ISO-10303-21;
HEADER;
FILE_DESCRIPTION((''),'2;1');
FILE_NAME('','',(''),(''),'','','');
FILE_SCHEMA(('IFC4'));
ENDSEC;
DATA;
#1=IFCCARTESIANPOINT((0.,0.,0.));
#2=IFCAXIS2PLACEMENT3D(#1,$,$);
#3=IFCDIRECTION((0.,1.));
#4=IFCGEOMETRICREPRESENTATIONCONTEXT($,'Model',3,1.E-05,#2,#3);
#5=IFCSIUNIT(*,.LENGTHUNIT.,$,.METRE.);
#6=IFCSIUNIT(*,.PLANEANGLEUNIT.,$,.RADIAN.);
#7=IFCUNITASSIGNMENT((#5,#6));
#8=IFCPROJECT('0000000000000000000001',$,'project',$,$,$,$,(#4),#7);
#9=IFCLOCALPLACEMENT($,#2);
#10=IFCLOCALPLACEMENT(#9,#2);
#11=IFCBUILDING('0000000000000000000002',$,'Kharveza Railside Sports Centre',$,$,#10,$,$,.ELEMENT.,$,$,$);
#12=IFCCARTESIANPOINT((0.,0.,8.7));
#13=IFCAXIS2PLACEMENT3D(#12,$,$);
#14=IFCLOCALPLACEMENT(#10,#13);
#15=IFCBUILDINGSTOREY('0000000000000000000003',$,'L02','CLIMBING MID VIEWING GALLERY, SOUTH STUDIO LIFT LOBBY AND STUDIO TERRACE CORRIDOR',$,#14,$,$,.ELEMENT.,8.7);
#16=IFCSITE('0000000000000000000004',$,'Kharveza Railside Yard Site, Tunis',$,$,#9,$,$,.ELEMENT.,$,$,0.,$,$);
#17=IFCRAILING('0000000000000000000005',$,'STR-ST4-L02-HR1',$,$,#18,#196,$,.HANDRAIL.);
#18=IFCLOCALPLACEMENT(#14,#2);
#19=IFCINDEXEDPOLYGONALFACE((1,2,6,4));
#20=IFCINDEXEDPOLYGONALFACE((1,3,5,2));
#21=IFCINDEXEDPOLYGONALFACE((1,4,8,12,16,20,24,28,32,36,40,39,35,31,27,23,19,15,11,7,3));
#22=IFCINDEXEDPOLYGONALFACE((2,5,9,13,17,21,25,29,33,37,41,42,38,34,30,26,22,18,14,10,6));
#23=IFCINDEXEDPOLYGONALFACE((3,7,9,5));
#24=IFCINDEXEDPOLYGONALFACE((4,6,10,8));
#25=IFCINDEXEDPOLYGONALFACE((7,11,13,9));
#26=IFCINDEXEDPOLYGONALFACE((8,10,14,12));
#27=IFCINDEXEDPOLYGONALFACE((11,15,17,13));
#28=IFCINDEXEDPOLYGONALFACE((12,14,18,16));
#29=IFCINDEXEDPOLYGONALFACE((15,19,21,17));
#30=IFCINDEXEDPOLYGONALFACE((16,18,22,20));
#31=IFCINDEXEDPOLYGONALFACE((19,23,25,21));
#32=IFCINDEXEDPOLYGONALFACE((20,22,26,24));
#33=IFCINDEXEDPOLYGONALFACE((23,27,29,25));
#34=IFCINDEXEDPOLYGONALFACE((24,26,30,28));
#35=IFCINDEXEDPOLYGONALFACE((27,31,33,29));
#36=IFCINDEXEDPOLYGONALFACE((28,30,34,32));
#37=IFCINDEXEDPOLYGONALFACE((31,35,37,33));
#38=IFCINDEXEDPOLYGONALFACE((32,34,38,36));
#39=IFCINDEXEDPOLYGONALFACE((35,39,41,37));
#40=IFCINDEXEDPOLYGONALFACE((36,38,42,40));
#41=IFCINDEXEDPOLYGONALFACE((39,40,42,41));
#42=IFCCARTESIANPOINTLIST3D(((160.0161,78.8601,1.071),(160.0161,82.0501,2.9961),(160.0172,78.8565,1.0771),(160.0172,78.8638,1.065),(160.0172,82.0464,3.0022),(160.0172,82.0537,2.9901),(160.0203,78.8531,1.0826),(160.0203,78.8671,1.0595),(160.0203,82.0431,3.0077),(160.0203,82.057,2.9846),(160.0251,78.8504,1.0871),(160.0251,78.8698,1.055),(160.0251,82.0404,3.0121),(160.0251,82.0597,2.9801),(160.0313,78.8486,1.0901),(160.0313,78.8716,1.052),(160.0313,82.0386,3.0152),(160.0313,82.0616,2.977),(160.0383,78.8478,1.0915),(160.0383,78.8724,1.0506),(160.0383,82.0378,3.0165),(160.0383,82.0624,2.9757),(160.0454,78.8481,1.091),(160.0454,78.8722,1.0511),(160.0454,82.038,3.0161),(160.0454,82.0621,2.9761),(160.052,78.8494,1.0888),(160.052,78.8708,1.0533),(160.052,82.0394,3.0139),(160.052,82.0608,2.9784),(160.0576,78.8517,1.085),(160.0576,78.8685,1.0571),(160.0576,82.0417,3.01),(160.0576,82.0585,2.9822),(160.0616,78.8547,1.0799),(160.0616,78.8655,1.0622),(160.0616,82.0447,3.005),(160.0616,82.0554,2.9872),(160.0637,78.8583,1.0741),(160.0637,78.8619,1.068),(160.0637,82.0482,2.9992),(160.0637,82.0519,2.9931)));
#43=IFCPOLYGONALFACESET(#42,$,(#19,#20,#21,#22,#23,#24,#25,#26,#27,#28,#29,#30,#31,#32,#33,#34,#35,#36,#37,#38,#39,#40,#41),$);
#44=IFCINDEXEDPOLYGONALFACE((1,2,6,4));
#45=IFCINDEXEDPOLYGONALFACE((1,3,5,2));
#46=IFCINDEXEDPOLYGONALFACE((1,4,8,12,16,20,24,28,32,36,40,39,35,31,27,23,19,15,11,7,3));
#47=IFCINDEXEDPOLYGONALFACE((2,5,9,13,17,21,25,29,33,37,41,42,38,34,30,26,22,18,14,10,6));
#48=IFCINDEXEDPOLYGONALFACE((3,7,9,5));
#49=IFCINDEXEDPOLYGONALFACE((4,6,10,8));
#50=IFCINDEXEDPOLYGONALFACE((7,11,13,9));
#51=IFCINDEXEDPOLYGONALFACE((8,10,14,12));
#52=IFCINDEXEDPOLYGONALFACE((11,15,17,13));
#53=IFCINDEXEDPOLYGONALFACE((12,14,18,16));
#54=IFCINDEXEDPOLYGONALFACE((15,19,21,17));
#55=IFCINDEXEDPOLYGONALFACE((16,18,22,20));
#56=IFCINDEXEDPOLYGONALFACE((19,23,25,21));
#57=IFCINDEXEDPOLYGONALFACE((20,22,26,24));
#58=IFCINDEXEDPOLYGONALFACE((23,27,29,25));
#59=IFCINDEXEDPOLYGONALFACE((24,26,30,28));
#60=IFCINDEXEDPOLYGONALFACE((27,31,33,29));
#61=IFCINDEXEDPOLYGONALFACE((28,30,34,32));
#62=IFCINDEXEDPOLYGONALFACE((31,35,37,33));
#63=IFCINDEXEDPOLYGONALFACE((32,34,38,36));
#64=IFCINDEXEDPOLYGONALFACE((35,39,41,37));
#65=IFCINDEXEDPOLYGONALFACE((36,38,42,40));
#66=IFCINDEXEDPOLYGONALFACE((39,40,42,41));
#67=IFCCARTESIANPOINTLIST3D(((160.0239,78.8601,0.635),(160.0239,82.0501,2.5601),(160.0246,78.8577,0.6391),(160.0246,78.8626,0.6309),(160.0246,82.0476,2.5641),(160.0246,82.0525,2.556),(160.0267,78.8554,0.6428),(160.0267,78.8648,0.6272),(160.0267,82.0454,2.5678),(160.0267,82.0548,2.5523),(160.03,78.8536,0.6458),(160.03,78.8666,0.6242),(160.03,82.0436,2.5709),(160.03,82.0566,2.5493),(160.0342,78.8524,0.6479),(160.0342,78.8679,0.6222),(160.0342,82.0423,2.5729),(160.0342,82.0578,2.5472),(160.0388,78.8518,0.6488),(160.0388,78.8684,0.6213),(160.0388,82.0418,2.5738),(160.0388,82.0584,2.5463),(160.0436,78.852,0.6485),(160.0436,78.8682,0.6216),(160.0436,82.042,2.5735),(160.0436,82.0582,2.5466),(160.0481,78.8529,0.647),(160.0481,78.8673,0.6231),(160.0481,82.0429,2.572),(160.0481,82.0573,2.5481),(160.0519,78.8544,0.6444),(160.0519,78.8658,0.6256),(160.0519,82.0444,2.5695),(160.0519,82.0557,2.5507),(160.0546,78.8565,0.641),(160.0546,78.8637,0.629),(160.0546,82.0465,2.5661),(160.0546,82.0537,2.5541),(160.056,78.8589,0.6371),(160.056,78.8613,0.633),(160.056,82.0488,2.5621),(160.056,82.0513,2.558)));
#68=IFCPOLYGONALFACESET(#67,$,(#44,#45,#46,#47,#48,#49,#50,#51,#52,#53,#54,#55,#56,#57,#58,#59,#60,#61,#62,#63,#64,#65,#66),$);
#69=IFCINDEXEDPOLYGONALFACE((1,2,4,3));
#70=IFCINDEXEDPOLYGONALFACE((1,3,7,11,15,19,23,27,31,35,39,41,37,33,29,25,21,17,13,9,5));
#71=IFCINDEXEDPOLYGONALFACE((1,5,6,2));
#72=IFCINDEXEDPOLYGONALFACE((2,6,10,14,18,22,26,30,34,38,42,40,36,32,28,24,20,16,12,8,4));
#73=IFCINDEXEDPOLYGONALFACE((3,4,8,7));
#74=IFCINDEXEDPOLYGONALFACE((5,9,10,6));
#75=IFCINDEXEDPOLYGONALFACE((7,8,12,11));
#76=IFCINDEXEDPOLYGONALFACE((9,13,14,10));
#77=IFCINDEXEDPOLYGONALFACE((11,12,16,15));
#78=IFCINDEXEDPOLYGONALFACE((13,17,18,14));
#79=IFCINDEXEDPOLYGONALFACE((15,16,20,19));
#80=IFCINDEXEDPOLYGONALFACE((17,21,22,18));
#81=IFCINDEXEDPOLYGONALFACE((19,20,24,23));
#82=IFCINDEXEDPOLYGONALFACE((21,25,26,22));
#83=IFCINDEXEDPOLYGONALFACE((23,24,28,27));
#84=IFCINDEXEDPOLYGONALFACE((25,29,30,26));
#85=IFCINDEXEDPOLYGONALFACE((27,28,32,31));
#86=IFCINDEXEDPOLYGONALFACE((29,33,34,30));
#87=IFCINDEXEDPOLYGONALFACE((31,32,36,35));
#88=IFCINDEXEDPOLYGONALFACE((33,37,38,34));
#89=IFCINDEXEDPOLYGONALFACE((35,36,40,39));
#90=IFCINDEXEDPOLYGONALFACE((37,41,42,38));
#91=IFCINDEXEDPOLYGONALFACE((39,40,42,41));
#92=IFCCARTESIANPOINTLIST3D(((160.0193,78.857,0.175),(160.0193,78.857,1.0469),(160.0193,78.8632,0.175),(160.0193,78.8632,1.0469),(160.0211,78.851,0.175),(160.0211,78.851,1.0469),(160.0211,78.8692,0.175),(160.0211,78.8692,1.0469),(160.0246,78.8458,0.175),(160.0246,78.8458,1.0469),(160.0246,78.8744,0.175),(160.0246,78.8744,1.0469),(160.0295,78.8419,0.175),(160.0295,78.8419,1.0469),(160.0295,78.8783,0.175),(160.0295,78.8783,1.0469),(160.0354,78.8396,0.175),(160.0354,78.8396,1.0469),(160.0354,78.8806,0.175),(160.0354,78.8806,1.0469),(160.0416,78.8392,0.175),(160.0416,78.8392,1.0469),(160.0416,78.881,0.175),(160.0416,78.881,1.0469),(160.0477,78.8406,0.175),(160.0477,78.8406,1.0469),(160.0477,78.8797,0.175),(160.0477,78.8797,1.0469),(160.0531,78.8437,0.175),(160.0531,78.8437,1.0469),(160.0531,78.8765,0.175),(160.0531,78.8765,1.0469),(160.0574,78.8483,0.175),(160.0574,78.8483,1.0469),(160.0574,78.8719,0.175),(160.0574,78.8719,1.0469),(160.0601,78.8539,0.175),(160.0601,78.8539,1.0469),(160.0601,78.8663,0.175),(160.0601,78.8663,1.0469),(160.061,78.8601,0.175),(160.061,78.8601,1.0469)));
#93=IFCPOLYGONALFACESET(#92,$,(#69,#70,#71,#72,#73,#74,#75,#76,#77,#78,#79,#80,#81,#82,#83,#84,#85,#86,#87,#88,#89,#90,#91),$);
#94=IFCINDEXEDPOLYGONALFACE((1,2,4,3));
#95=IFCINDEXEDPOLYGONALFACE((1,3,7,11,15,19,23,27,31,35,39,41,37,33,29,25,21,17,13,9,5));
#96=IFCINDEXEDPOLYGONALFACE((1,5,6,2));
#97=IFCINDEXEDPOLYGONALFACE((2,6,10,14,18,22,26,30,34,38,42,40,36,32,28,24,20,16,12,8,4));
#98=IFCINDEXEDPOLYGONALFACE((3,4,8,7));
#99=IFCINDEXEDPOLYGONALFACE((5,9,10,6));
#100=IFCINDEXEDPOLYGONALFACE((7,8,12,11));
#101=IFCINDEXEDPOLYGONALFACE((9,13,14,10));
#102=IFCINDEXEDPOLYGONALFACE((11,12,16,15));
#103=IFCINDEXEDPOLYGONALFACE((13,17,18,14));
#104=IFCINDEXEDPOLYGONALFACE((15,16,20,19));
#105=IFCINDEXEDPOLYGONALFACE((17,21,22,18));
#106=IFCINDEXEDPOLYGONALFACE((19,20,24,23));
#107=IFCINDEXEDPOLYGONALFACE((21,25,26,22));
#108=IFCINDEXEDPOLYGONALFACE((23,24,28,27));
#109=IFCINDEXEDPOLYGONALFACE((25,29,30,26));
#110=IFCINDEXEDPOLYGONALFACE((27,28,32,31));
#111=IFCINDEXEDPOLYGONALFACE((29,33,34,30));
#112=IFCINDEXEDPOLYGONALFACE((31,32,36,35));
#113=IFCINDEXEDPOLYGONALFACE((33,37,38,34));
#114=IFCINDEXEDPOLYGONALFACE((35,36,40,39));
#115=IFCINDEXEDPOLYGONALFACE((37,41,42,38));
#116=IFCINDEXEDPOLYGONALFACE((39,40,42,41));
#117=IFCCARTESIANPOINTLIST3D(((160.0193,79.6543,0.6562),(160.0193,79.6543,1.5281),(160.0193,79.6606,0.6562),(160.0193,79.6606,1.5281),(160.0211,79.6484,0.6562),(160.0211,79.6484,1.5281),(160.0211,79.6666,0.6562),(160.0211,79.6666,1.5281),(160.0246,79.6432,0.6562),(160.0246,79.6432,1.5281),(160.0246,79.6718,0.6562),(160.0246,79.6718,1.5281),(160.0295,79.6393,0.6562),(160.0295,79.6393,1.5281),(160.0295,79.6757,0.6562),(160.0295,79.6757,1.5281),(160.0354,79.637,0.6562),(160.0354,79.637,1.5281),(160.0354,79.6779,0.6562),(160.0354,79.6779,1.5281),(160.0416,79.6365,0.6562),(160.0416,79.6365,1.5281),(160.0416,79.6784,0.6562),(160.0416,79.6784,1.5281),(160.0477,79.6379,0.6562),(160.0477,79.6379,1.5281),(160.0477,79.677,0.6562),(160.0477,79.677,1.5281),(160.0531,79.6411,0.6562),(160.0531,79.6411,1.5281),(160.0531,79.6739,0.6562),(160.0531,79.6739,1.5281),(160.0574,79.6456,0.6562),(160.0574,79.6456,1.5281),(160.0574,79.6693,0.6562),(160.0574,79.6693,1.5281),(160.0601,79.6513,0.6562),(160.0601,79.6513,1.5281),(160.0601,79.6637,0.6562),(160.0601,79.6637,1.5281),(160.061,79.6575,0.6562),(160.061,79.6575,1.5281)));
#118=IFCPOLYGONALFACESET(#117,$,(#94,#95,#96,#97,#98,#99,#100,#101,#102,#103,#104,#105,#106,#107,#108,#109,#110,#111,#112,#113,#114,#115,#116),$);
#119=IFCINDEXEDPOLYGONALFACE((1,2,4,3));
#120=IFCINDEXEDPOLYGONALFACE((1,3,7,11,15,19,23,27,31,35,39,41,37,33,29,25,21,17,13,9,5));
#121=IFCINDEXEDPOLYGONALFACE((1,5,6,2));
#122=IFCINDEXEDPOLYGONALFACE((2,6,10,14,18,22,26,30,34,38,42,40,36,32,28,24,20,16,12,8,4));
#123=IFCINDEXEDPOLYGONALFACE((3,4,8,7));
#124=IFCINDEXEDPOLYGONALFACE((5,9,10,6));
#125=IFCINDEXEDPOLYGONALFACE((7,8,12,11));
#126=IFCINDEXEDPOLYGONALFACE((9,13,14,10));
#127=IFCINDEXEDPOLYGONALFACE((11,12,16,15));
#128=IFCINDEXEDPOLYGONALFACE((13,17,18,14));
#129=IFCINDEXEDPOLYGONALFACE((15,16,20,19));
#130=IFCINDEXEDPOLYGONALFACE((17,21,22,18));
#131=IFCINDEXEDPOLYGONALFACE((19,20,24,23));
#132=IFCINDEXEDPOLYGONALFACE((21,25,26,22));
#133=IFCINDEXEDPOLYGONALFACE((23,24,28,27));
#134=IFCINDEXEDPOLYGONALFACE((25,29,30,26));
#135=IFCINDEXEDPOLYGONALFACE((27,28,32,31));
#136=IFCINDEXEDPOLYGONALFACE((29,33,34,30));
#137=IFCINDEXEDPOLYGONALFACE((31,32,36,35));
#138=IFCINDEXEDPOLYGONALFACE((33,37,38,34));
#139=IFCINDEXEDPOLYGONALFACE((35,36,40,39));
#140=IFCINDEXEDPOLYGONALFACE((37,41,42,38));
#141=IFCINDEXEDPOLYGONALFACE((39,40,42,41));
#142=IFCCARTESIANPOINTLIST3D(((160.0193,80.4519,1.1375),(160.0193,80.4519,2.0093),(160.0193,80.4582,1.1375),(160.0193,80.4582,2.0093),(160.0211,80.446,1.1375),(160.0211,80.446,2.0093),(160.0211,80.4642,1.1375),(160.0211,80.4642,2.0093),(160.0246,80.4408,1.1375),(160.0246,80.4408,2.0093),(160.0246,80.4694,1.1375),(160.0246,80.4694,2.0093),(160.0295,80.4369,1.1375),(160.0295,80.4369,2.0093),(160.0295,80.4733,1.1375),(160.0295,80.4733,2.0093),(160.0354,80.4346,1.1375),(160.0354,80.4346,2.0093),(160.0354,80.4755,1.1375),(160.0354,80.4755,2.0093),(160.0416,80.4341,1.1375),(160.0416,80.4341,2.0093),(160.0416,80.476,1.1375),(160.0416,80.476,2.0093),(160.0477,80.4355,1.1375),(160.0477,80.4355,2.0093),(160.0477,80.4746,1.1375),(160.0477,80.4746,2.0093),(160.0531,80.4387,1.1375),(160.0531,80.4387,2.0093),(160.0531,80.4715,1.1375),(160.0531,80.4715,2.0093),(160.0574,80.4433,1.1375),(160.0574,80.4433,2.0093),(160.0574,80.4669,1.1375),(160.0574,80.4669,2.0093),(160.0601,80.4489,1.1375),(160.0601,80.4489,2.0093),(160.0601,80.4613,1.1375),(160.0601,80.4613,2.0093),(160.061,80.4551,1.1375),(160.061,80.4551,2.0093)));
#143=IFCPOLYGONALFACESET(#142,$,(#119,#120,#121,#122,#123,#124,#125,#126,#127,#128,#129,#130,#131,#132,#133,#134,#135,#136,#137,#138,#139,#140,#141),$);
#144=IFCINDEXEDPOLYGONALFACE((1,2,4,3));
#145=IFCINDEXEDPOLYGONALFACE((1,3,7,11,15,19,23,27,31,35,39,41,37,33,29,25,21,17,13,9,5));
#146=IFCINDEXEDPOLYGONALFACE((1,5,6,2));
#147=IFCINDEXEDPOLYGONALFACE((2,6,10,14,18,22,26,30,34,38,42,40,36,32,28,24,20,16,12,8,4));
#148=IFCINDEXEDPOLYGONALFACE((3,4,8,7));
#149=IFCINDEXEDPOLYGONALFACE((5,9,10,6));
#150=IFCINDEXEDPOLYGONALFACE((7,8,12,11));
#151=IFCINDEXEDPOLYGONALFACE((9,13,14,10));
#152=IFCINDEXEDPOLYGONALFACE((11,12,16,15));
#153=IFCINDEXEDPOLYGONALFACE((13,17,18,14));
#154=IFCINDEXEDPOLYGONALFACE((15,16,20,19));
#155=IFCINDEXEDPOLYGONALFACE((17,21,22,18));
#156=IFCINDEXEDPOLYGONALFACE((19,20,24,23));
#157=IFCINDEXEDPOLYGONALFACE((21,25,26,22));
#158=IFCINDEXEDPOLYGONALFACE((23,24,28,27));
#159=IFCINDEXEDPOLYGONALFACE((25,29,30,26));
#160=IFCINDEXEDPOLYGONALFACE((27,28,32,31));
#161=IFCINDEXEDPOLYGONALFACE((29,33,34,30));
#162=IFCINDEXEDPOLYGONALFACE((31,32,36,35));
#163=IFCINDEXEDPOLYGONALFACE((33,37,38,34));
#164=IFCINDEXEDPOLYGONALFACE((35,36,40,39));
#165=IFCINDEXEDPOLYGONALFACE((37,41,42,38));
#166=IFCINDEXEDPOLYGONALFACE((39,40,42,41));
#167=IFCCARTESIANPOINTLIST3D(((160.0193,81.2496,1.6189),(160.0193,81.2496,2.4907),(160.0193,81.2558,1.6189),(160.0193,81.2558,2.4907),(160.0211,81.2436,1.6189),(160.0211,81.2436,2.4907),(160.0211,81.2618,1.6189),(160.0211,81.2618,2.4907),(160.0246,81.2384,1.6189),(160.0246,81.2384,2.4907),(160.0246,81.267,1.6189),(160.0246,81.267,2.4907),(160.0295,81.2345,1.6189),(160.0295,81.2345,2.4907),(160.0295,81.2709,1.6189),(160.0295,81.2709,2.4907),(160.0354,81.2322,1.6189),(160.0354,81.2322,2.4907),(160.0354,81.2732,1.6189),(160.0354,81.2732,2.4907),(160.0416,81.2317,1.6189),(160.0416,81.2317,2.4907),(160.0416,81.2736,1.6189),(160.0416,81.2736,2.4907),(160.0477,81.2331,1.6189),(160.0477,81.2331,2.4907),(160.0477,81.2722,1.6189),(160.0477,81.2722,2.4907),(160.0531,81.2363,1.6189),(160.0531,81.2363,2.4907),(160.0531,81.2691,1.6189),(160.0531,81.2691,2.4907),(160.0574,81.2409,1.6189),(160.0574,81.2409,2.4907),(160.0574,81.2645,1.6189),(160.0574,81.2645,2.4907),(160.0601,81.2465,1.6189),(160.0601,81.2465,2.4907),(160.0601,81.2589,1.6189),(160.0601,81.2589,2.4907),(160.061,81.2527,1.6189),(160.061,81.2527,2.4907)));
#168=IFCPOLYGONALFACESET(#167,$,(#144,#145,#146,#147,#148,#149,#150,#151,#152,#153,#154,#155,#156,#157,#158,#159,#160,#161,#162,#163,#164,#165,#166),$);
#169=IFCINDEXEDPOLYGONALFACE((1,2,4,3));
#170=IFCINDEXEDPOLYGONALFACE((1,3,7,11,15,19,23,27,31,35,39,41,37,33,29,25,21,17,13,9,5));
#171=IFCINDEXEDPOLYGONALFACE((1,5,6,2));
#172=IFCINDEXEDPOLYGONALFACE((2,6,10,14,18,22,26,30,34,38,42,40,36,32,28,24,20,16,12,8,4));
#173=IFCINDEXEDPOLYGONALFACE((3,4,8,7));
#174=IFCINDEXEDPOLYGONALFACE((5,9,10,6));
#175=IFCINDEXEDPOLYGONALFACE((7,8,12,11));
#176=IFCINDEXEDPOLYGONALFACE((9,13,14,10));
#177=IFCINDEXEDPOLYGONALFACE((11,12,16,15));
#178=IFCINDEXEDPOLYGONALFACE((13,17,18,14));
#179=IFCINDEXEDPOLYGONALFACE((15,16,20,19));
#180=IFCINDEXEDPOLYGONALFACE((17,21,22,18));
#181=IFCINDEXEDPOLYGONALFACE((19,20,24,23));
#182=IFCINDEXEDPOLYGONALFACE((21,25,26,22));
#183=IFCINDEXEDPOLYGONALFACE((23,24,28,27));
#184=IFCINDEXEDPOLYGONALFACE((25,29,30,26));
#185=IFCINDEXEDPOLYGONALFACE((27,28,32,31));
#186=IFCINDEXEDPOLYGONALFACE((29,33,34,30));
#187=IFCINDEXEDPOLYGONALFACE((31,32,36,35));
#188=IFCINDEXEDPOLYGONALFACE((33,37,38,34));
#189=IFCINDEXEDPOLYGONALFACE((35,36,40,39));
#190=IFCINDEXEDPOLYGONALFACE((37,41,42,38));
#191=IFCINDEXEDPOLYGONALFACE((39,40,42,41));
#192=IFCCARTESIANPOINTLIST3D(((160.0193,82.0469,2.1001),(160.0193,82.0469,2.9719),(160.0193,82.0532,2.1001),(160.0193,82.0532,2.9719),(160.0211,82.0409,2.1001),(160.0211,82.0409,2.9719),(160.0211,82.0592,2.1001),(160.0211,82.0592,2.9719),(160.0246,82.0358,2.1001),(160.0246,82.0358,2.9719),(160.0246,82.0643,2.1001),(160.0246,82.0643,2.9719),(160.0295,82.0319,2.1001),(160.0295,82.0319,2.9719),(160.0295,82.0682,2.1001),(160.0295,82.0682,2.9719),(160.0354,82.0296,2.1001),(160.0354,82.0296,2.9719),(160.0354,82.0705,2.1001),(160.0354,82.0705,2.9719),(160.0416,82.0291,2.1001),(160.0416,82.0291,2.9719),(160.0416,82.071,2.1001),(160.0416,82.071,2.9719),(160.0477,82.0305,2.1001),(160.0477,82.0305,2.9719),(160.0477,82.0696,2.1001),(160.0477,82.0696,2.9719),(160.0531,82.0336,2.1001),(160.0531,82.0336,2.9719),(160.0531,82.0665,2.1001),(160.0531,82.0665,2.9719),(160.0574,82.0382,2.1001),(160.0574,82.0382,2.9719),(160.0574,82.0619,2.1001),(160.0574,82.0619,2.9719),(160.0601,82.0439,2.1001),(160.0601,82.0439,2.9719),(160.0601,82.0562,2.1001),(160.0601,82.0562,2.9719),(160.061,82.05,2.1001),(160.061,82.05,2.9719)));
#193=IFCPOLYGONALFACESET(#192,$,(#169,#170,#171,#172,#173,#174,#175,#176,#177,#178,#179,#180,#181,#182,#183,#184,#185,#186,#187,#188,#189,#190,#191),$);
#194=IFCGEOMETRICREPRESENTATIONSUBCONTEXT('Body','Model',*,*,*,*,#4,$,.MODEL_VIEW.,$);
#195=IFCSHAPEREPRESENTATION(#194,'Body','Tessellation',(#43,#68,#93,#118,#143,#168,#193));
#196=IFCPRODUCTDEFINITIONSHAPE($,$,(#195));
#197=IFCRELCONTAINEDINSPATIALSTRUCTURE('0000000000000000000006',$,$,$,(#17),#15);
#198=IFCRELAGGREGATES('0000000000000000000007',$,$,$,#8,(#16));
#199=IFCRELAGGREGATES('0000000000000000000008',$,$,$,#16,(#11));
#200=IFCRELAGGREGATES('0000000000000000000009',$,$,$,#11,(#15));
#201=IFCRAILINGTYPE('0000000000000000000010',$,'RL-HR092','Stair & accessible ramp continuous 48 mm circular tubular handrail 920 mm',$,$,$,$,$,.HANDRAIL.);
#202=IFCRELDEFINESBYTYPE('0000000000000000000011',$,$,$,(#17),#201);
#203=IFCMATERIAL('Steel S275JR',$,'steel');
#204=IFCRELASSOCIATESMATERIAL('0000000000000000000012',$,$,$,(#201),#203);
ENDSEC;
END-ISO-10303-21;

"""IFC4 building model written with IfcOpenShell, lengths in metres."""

from ifc_helpers import new_model, si_unit, direction, frame, origin, origin_2d, place, context, subcontext, project, spatial, circle, extrude, material, type_object, element, save


model = new_model("IFC4")

# Units and contexts
model_context = context("Model", 3, precision=1e-05, world=origin(), true_north=direction((0.0, 1.0)))
body_context = subcontext(model_context, "Body", "Model", "MODEL_VIEW")
ifc_project = project(units=[si_unit("LENGTHUNIT", "METRE"), si_unit("PLANEANGLEUNIT", "RADIAN")], contexts=[model_context])

# Site, building, storey
site_placement = place(None, origin())
site = spatial("IfcSite", under=ifc_project, at=site_placement, Name="Kharveza Railside Yard Site, Tunis", CompositionType="ELEMENT", RefElevation=0.0)
building_placement = place(site_placement, origin())
building = spatial("IfcBuilding", under=site, at=building_placement, Name="Kharveza Railside Sports Centre", CompositionType="ELEMENT")
storey_placement = place(building_placement, frame((0.0, 0.0, 8.7)))
storey = spatial("IfcBuildingStorey", under=building, at=storey_placement, Name="L02", Description="CLIMBING MID VIEWING GALLERY, SOUTH STUDIO LIFT LOBBY AND STUDIO TERRACE CORRIDOR", CompositionType="ELEMENT", Elevation=8.7)

# Railing
ifc_material_1 = material(Name="Steel S275JR", Category="steel")
railing_type_1 = type_object("IfcRailingType", Name="RL-HR092", Description="Stair & accessible ramp continuous 48 mm circular tubular handrail 920 mm", PredefinedType="HANDRAIL", material=ifc_material_1)
railing_1_placement = place(storey_placement, frame((160.04, 78.8601, 0.175)))
element("IfcRailing", 1, at=railing_1_placement, inside=storey, type_object=railing_type_1, Name="STR-ST4-L02-HR1", PredefinedType="HANDRAIL", context=body_context, shape_type="SweptSolid", body=[
    extrude(circle(Radius=0.0239, at=origin_2d()), frame((0.0, 0.0, 0.896), z_axis=(0.0, 0.856178, 0.516682), x_axis=(-1.0, 0.0, 0.0)), (0.0, 0.0, 1.0), 3.7258),
    extrude(circle(Radius=0.0161, at=origin_2d()), frame((0.0, 0.0, 0.46), z_axis=(0.0, 0.856178, 0.516682), x_axis=(-1.0, 0.0, 0.0)), (0.0, 0.0, 1.0), 3.7258),
    extrude(circle(Radius=0.021, at=origin_2d()), origin(), (0.0, 0.0, 1.0), 0.8718),
    extrude(circle(Radius=0.021, at=origin_2d()), frame((0.0, 0.7974, 0.4812)), (0.0, 0.0, 1.0), 0.8718),
    extrude(circle(Radius=0.021, at=origin_2d()), frame((0.0, 1.595, 0.9624)), (0.0, 0.0, 1.0), 0.8718),
    extrude(circle(Radius=0.021, at=origin_2d()), frame((0.0, 2.3926, 1.4438)), (0.0, 0.0, 1.0), 0.8718),
    extrude(circle(Radius=0.021, at=origin_2d()), frame((0.0, 3.1899, 1.925)), (0.0, 0.0, 1.0), 0.8718),
])

save(model, "model.ifc")
